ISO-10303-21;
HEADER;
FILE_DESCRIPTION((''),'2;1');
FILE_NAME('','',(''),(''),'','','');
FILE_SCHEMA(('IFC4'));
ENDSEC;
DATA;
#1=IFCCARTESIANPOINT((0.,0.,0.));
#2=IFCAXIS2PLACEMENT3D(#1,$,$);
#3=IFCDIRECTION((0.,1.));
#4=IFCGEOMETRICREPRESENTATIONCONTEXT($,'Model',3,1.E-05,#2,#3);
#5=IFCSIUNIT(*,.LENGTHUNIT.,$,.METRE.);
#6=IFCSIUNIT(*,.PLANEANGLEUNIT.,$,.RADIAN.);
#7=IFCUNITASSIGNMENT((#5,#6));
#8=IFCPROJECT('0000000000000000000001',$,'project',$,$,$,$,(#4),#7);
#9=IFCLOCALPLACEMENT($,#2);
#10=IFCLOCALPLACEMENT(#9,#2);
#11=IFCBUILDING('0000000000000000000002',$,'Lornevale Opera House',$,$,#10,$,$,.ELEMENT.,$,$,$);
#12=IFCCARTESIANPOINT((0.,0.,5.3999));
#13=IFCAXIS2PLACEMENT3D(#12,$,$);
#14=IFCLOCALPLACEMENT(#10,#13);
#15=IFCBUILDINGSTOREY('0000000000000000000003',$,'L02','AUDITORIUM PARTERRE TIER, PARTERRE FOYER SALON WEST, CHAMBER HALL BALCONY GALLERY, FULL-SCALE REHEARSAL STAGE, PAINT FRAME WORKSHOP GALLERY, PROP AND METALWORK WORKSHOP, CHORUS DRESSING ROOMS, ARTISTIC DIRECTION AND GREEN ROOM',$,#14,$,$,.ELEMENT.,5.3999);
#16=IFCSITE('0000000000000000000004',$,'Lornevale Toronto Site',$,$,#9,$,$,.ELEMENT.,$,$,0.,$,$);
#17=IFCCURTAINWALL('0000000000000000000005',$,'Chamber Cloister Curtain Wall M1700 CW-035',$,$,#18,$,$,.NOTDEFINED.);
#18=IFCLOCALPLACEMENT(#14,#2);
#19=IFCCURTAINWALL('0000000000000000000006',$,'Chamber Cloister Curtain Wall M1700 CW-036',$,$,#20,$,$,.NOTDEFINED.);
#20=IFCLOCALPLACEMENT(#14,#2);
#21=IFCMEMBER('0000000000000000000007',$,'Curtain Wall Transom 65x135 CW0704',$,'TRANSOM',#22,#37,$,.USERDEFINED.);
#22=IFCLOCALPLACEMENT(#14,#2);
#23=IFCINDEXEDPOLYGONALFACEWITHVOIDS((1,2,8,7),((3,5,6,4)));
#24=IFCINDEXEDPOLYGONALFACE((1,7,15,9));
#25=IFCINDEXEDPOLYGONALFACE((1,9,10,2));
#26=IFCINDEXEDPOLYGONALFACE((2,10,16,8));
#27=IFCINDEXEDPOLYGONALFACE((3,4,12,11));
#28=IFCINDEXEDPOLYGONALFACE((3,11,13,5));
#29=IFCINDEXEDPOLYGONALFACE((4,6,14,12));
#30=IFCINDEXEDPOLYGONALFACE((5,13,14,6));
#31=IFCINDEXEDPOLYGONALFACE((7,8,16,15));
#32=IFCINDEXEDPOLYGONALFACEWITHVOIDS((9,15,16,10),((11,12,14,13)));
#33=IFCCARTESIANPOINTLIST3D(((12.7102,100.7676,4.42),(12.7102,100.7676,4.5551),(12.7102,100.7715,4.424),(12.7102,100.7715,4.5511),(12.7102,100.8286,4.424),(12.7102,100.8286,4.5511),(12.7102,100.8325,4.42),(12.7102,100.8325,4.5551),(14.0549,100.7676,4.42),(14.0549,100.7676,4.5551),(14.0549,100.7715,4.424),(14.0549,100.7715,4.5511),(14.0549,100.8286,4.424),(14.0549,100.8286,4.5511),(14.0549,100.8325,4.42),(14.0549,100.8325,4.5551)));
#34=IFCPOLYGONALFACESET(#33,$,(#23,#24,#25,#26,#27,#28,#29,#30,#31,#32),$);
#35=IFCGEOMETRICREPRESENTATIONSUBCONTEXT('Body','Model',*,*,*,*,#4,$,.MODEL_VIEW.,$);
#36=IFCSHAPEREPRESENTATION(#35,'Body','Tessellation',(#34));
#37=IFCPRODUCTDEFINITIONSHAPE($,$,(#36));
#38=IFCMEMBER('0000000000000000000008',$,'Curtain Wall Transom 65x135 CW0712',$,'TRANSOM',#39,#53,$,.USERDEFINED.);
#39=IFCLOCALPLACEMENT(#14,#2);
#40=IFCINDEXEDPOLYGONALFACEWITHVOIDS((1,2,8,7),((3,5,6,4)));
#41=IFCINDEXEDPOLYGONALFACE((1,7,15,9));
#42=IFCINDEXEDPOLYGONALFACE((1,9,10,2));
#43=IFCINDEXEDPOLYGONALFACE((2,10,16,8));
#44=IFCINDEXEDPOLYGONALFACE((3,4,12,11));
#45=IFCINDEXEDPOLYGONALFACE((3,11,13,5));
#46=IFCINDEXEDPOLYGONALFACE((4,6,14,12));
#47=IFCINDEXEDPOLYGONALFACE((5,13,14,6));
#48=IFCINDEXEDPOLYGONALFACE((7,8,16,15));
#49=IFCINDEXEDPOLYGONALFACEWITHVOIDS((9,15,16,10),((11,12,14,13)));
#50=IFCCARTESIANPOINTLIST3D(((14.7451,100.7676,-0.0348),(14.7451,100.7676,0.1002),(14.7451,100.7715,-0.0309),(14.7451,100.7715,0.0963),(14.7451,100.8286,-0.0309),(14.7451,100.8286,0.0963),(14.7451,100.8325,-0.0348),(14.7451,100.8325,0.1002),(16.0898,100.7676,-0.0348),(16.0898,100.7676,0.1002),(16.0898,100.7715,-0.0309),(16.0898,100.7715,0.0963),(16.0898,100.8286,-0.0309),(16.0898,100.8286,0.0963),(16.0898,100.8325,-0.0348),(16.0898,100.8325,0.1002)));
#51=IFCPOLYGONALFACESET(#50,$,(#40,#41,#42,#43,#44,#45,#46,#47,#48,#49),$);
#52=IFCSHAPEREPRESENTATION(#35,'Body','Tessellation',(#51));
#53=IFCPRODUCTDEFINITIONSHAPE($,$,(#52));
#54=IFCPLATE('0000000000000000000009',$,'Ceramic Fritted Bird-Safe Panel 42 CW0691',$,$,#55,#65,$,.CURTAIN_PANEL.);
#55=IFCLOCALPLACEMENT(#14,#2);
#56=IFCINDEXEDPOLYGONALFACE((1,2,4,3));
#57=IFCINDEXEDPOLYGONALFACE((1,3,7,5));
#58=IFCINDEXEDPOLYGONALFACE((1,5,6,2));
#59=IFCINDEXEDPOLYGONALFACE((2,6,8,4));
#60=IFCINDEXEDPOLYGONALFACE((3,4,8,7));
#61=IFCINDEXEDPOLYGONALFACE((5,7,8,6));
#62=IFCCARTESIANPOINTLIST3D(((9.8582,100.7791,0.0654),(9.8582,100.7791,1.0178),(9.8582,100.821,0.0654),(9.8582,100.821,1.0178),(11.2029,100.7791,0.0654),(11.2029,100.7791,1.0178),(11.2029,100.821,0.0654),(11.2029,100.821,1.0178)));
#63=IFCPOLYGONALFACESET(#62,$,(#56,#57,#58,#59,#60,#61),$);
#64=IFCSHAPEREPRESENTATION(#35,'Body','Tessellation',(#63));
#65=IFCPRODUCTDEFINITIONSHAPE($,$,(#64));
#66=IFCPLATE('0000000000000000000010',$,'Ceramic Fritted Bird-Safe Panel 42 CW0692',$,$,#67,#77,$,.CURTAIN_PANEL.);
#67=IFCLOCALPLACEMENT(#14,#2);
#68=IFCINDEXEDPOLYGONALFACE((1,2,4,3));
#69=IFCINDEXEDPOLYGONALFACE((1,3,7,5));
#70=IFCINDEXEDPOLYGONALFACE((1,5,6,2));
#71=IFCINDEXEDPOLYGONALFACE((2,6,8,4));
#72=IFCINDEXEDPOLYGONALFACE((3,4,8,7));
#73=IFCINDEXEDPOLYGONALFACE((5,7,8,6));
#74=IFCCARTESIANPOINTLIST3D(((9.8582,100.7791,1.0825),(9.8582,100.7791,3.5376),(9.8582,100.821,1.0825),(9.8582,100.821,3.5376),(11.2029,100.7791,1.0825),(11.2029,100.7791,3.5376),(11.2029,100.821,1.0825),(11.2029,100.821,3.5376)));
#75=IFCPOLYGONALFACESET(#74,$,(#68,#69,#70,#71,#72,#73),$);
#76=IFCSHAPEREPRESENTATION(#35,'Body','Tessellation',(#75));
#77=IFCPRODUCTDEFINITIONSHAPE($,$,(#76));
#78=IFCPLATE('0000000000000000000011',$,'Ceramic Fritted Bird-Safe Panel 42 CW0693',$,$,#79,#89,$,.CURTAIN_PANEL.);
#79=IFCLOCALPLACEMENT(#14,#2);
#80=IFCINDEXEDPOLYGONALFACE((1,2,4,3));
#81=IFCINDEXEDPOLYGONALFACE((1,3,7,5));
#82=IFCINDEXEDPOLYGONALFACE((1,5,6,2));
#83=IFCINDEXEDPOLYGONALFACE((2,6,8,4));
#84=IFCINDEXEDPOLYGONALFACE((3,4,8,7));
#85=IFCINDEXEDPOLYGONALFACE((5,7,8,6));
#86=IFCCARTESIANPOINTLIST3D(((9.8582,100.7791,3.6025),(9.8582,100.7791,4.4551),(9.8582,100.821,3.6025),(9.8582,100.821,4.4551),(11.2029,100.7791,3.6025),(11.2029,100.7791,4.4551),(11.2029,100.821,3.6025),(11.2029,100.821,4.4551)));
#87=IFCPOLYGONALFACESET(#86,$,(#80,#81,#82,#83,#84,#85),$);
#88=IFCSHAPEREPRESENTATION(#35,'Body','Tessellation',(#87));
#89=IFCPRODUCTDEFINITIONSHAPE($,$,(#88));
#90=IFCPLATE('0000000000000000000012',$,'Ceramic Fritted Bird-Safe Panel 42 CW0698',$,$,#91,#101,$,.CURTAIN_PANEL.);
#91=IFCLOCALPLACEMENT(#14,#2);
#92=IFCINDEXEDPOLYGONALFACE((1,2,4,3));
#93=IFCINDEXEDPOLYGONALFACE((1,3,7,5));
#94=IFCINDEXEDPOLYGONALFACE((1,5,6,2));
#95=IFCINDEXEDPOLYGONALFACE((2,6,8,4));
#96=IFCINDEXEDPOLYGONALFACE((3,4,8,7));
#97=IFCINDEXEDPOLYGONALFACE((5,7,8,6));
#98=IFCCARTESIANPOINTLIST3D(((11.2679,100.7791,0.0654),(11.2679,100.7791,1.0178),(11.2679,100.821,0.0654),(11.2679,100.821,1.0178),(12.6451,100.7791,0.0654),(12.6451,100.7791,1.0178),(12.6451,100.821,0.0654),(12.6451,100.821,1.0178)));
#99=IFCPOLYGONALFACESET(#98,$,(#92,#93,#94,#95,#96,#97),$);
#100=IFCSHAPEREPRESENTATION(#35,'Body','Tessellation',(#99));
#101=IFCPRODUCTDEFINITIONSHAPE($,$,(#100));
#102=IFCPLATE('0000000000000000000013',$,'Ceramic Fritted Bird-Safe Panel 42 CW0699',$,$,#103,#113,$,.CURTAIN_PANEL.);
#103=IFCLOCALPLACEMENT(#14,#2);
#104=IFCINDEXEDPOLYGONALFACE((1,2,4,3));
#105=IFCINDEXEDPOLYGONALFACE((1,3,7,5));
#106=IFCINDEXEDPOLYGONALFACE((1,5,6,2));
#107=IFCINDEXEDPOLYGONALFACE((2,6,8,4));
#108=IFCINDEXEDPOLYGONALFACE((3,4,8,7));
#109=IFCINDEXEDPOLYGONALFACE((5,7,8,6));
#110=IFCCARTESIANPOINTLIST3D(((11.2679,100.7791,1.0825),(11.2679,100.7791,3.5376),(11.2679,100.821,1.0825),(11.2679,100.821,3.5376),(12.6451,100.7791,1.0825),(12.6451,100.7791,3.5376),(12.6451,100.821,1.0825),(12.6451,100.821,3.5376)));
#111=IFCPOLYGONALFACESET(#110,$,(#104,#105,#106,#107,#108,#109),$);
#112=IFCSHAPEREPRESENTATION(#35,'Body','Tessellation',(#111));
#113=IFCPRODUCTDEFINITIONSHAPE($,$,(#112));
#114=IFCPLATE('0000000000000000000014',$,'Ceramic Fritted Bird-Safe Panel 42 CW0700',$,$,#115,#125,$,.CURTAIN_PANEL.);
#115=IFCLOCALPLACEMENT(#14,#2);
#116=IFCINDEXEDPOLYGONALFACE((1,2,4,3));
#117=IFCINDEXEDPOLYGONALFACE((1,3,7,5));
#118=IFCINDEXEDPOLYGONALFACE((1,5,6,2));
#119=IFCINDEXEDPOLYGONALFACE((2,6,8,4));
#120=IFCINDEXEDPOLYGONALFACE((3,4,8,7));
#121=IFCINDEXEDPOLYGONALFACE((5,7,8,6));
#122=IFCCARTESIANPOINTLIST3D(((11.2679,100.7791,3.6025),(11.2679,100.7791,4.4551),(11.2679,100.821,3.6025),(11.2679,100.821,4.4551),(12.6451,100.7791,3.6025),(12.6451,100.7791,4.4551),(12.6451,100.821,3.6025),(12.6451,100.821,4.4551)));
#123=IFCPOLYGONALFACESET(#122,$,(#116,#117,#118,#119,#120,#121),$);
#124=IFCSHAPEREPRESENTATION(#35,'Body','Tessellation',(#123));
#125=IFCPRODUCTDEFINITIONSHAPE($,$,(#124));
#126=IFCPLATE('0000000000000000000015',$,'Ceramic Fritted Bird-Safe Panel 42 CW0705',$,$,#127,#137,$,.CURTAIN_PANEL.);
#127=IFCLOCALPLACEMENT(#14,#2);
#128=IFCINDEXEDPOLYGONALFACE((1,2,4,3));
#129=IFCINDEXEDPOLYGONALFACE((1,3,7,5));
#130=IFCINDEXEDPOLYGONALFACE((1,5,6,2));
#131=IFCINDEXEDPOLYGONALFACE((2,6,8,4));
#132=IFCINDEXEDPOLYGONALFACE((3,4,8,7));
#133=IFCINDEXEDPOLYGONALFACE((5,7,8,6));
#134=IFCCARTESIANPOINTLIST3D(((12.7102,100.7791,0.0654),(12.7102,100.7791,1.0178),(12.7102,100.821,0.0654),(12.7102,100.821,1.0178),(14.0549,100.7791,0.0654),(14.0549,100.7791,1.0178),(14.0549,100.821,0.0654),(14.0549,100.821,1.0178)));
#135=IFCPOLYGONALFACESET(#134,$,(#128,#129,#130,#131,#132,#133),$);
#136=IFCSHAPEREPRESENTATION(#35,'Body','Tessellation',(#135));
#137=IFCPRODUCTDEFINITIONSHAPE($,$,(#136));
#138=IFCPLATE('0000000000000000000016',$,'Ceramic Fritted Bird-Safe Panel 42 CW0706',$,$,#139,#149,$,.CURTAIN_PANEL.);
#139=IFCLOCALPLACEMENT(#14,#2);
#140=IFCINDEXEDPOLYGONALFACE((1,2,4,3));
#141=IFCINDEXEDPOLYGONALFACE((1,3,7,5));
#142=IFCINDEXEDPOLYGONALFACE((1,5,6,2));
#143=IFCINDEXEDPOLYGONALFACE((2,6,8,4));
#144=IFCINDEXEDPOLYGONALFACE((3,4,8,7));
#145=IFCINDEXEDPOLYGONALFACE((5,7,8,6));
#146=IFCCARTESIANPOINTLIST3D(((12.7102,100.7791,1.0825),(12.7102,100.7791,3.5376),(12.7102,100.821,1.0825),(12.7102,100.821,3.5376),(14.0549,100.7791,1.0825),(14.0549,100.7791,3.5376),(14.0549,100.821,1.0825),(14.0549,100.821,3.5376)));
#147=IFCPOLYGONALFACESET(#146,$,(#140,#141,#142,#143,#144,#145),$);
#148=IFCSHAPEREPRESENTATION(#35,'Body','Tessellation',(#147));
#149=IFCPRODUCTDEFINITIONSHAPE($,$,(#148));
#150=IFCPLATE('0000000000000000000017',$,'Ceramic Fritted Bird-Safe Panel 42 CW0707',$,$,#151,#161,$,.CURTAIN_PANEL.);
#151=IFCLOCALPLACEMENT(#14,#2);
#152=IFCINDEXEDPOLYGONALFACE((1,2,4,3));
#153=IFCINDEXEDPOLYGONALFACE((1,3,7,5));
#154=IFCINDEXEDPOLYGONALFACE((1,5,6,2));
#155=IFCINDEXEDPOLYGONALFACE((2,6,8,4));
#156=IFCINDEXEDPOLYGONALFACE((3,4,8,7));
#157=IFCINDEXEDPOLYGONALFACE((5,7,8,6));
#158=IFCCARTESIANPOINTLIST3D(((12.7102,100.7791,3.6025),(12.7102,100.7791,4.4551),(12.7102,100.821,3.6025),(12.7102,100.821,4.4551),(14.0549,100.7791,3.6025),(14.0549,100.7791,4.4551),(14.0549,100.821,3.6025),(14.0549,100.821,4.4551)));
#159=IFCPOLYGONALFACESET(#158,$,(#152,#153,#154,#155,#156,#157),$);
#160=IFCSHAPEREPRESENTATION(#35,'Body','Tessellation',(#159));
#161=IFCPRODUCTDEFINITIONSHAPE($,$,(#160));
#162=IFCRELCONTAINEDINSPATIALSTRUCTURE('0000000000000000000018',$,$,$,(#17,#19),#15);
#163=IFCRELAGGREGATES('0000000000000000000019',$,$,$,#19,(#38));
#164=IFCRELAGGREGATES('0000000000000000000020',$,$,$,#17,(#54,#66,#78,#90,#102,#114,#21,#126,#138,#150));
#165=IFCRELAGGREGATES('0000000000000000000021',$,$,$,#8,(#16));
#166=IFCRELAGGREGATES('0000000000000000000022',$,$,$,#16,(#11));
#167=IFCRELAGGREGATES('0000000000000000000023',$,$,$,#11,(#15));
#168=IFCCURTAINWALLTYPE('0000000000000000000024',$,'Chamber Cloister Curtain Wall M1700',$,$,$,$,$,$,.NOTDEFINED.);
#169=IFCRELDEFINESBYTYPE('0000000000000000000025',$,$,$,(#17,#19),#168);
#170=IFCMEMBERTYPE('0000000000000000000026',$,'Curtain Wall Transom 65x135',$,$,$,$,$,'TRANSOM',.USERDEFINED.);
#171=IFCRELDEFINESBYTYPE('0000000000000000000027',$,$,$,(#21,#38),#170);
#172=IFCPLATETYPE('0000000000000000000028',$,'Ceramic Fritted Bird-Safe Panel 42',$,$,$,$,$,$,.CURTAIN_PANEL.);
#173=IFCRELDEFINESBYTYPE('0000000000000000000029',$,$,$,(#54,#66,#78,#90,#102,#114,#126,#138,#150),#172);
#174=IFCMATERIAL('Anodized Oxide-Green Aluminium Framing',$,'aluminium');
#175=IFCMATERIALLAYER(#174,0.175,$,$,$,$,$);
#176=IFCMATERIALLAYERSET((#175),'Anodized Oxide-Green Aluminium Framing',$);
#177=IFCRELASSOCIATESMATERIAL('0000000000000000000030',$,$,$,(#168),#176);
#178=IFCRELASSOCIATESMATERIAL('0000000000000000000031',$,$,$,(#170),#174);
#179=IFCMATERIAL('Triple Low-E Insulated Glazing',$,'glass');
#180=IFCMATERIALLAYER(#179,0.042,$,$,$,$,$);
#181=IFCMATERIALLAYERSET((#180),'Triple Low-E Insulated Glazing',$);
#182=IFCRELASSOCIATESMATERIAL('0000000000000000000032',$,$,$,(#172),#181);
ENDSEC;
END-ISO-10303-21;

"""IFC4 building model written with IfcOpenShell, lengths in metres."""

from ifc_helpers import new_model, si_unit, direction, frame, origin, origin_2d, place, context, subcontext, project, spatial, rectangle, hollow_rectangle, extrude, material, layer, layer_set, material_profile, profile_set, type_object, element, aggregate, save


model = new_model("IFC4")

# Units and contexts
model_context = context("Model", 3, precision=1e-05, world=origin(), true_north=direction((0.0, 1.0)))
body_context = subcontext(model_context, "Body", "Model", "MODEL_VIEW")
ifc_project = project(units=[si_unit("LENGTHUNIT", "METRE"), si_unit("PLANEANGLEUNIT", "RADIAN")], contexts=[model_context])

# Site, building, storey
site_placement = place(None, origin())
site = spatial("IfcSite", under=ifc_project, at=site_placement, Name="Lornevale Toronto Site", CompositionType="ELEMENT", RefElevation=0.0)
building_placement = place(site_placement, origin())
building = spatial("IfcBuilding", under=site, at=building_placement, Name="Lornevale Opera House", CompositionType="ELEMENT")
storey_placement = place(building_placement, frame((0.0, 0.0, 5.3999)))
storey = spatial("IfcBuildingStorey", under=building, at=storey_placement, Name="L02", Description="AUDITORIUM PARTERRE TIER, PARTERRE FOYER SALON WEST, CHAMBER HALL BALCONY GALLERY, FULL-SCALE REHEARSAL STAGE, PAINT FRAME WORKSHOP GALLERY, PROP AND METALWORK WORKSHOP, CHORUS DRESSING ROOMS, ARTISTIC DIRECTION AND GREEN ROOM", CompositionType="ELEMENT", Elevation=5.3999)

# Curtain wall
ifc_material_1 = material(Name="Anodized Oxide-Green Aluminium Framing", Category="aluminium")
ifc_layer_1 = layer(ifc_material_1, 0.175)
ifc_layer_set_1 = layer_set([ifc_layer_1], Name="Anodized Oxide-Green Aluminium Framing")
curtain_wall_type = type_object("IfcCurtainWallType", Name="Chamber Cloister Curtain Wall M1700", PredefinedType="NOTDEFINED", material=ifc_layer_set_1)
curtain_wall_1_placement = place(storey_placement, origin())
curtain_wall_1 = element("IfcCurtainWall", 1, at=curtain_wall_1_placement, inside=storey, type_object=curtain_wall_type, Name="Chamber Cloister Curtain Wall M1700 CW-035", PredefinedType="NOTDEFINED")

# Curtain wall
curtain_wall_2_placement = place(storey_placement, origin())
curtain_wall_2 = element("IfcCurtainWall", 2, at=curtain_wall_2_placement, inside=storey, type_object=curtain_wall_type, Name="Chamber Cloister Curtain Wall M1700 CW-036", PredefinedType="NOTDEFINED")

# Members
ifc_material_profile_1 = material_profile(ifc_material_1, hollow_rectangle(XDim=0.0649, YDim=0.135, WallThickness=0.0039, at=origin_2d()), Name="ALU65x135x4")
ifc_profile_set_1 = profile_set([ifc_material_profile_1], Name="Anodized Oxide-Green Aluminium Framing")
member_type_1 = type_object("IfcMemberType", Name="Curtain Wall Transom 65x135", ElementType="TRANSOM", PredefinedType="USERDEFINED", material=ifc_profile_set_1)
member_1_placement = place(storey_placement, frame((12.7102, 100.8, 4.4875), z_axis=(1.0, 0.0, 0.0), x_axis=(0.0, 1.0, 0.0)))
member_1 = element("IfcMember", 3, at=member_1_placement, type_object=member_type_1, Name="Curtain Wall Transom 65x135 CW0704", ObjectType="TRANSOM", PredefinedType="USERDEFINED", context=body_context, shape_type="SweptSolid", body=[
    extrude(hollow_rectangle(XDim=0.0649, YDim=0.135, WallThickness=0.0039, at=origin_2d()), origin(), (0.0, 0.0, 1.0), 1.3447),
])
member_2_placement = place(storey_placement, frame((14.7451, 100.8, 0.0327), z_axis=(1.0, 0.0, 0.0), x_axis=(0.0, 1.0, 0.0)))
member_2 = element("IfcMember", 4, at=member_2_placement, type_object=member_type_1, Name="Curtain Wall Transom 65x135 CW0712", ObjectType="TRANSOM", PredefinedType="USERDEFINED", context=body_context, shape_type="SweptSolid", body=[
    extrude(hollow_rectangle(XDim=0.0649, YDim=0.135, WallThickness=0.0039, at=origin_2d()), origin(), (0.0, 0.0, 1.0), 1.3447),
])
aggregate(curtain_wall_2, [member_2])

# Plates
ifc_material_2 = material(Name="Triple Low-E Insulated Glazing", Category="glass")
ifc_layer_2 = layer(ifc_material_2, 0.042)
ifc_layer_set_2 = layer_set([ifc_layer_2], Name="Triple Low-E Insulated Glazing")
plate_type = type_object("IfcPlateType", Name="Ceramic Fritted Bird-Safe Panel 42", PredefinedType="CURTAIN_PANEL", material=ifc_layer_set_2)
plate_1_placement = place(storey_placement, frame((10.5305, 100.8, 0.0654), z_axis=(0.0, 0.0, 1.0), x_axis=(1.0, 0.0, 0.0)))
plate_1 = element("IfcPlate", 5, at=plate_1_placement, type_object=plate_type, Name="Ceramic Fritted Bird-Safe Panel 42 CW0691", PredefinedType="CURTAIN_PANEL", context=body_context, shape_type="SweptSolid", body=[
    extrude(rectangle(XDim=1.3447, YDim=0.042, at=origin_2d()), origin(), (0.0, 0.0, 1.0), 0.9524),
])
plate_2_placement = place(storey_placement, frame((10.5305, 100.8, 1.0825), z_axis=(0.0, 0.0, 1.0), x_axis=(1.0, 0.0, 0.0)))
plate_2 = element("IfcPlate", 6, at=plate_2_placement, type_object=plate_type, Name="Ceramic Fritted Bird-Safe Panel 42 CW0692", PredefinedType="CURTAIN_PANEL", context=body_context, shape_type="SweptSolid", body=[
    extrude(rectangle(XDim=1.3447, YDim=0.042, at=origin_2d()), origin(), (0.0, 0.0, 1.0), 2.4551),
])
plate_3_placement = place(storey_placement, frame((10.5305, 100.8, 3.6025), z_axis=(0.0, 0.0, 1.0), x_axis=(1.0, 0.0, 0.0)))
plate_3 = element("IfcPlate", 7, at=plate_3_placement, type_object=plate_type, Name="Ceramic Fritted Bird-Safe Panel 42 CW0693", PredefinedType="CURTAIN_PANEL", context=body_context, shape_type="SweptSolid", body=[
    extrude(rectangle(XDim=1.3447, YDim=0.042, at=origin_2d()), origin(), (0.0, 0.0, 1.0), 0.8525),
])
plate_4_placement = place(storey_placement, frame((11.9565, 100.8, 0.0654), z_axis=(0.0, 0.0, 1.0), x_axis=(1.0, 0.0, 0.0)))
plate_4 = element("IfcPlate", 8, at=plate_4_placement, type_object=plate_type, Name="Ceramic Fritted Bird-Safe Panel 42 CW0698", PredefinedType="CURTAIN_PANEL", context=body_context, shape_type="SweptSolid", body=[
    extrude(rectangle(XDim=1.3772, YDim=0.042, at=origin_2d()), origin(), (0.0, 0.0, 1.0), 0.9524),
])
plate_5_placement = place(storey_placement, frame((11.9565, 100.8, 1.0825), z_axis=(0.0, 0.0, 1.0), x_axis=(1.0, 0.0, 0.0)))
plate_5 = element("IfcPlate", 9, at=plate_5_placement, type_object=plate_type, Name="Ceramic Fritted Bird-Safe Panel 42 CW0699", PredefinedType="CURTAIN_PANEL", context=body_context, shape_type="SweptSolid", body=[
    extrude(rectangle(XDim=1.3772, YDim=0.042, at=origin_2d()), origin(), (0.0, 0.0, 1.0), 2.4551),
])
plate_6_placement = place(storey_placement, frame((11.9565, 100.8, 3.6025), z_axis=(0.0, 0.0, 1.0), x_axis=(1.0, 0.0, 0.0)))
plate_6 = element("IfcPlate", 10, at=plate_6_placement, type_object=plate_type, Name="Ceramic Fritted Bird-Safe Panel 42 CW0700", PredefinedType="CURTAIN_PANEL", context=body_context, shape_type="SweptSolid", body=[
    extrude(rectangle(XDim=1.3772, YDim=0.042, at=origin_2d()), origin(), (0.0, 0.0, 1.0), 0.8525),
])
plate_7_placement = place(storey_placement, frame((13.3826, 100.8, 0.0654), z_axis=(0.0, 0.0, 1.0), x_axis=(1.0, 0.0, 0.0)))
plate_7 = element("IfcPlate", 11, at=plate_7_placement, type_object=plate_type, Name="Ceramic Fritted Bird-Safe Panel 42 CW0705", PredefinedType="CURTAIN_PANEL", context=body_context, shape_type="SweptSolid", body=[
    extrude(rectangle(XDim=1.3447, YDim=0.042, at=origin_2d()), origin(), (0.0, 0.0, 1.0), 0.9524),
])
plate_8_placement = place(storey_placement, frame((13.3826, 100.8, 1.0825), z_axis=(0.0, 0.0, 1.0), x_axis=(1.0, 0.0, 0.0)))
plate_8 = element("IfcPlate", 12, at=plate_8_placement, type_object=plate_type, Name="Ceramic Fritted Bird-Safe Panel 42 CW0706", PredefinedType="CURTAIN_PANEL", context=body_context, shape_type="SweptSolid", body=[
    extrude(rectangle(XDim=1.3447, YDim=0.042, at=origin_2d()), origin(), (0.0, 0.0, 1.0), 2.4551),
])
plate_9_placement = place(storey_placement, frame((13.3826, 100.8, 3.6025), z_axis=(0.0, 0.0, 1.0), x_axis=(1.0, 0.0, 0.0)))
plate_9 = element("IfcPlate", 13, at=plate_9_placement, type_object=plate_type, Name="Ceramic Fritted Bird-Safe Panel 42 CW0707", PredefinedType="CURTAIN_PANEL", context=body_context, shape_type="SweptSolid", body=[
    extrude(rectangle(XDim=1.3447, YDim=0.042, at=origin_2d()), origin(), (0.0, 0.0, 1.0), 0.8525),
])
aggregate(curtain_wall_1, [plate_1, plate_2, plate_3, plate_4, plate_5, plate_6, member_1, plate_7, plate_8, plate_9])

save(model, "model.ifc")
